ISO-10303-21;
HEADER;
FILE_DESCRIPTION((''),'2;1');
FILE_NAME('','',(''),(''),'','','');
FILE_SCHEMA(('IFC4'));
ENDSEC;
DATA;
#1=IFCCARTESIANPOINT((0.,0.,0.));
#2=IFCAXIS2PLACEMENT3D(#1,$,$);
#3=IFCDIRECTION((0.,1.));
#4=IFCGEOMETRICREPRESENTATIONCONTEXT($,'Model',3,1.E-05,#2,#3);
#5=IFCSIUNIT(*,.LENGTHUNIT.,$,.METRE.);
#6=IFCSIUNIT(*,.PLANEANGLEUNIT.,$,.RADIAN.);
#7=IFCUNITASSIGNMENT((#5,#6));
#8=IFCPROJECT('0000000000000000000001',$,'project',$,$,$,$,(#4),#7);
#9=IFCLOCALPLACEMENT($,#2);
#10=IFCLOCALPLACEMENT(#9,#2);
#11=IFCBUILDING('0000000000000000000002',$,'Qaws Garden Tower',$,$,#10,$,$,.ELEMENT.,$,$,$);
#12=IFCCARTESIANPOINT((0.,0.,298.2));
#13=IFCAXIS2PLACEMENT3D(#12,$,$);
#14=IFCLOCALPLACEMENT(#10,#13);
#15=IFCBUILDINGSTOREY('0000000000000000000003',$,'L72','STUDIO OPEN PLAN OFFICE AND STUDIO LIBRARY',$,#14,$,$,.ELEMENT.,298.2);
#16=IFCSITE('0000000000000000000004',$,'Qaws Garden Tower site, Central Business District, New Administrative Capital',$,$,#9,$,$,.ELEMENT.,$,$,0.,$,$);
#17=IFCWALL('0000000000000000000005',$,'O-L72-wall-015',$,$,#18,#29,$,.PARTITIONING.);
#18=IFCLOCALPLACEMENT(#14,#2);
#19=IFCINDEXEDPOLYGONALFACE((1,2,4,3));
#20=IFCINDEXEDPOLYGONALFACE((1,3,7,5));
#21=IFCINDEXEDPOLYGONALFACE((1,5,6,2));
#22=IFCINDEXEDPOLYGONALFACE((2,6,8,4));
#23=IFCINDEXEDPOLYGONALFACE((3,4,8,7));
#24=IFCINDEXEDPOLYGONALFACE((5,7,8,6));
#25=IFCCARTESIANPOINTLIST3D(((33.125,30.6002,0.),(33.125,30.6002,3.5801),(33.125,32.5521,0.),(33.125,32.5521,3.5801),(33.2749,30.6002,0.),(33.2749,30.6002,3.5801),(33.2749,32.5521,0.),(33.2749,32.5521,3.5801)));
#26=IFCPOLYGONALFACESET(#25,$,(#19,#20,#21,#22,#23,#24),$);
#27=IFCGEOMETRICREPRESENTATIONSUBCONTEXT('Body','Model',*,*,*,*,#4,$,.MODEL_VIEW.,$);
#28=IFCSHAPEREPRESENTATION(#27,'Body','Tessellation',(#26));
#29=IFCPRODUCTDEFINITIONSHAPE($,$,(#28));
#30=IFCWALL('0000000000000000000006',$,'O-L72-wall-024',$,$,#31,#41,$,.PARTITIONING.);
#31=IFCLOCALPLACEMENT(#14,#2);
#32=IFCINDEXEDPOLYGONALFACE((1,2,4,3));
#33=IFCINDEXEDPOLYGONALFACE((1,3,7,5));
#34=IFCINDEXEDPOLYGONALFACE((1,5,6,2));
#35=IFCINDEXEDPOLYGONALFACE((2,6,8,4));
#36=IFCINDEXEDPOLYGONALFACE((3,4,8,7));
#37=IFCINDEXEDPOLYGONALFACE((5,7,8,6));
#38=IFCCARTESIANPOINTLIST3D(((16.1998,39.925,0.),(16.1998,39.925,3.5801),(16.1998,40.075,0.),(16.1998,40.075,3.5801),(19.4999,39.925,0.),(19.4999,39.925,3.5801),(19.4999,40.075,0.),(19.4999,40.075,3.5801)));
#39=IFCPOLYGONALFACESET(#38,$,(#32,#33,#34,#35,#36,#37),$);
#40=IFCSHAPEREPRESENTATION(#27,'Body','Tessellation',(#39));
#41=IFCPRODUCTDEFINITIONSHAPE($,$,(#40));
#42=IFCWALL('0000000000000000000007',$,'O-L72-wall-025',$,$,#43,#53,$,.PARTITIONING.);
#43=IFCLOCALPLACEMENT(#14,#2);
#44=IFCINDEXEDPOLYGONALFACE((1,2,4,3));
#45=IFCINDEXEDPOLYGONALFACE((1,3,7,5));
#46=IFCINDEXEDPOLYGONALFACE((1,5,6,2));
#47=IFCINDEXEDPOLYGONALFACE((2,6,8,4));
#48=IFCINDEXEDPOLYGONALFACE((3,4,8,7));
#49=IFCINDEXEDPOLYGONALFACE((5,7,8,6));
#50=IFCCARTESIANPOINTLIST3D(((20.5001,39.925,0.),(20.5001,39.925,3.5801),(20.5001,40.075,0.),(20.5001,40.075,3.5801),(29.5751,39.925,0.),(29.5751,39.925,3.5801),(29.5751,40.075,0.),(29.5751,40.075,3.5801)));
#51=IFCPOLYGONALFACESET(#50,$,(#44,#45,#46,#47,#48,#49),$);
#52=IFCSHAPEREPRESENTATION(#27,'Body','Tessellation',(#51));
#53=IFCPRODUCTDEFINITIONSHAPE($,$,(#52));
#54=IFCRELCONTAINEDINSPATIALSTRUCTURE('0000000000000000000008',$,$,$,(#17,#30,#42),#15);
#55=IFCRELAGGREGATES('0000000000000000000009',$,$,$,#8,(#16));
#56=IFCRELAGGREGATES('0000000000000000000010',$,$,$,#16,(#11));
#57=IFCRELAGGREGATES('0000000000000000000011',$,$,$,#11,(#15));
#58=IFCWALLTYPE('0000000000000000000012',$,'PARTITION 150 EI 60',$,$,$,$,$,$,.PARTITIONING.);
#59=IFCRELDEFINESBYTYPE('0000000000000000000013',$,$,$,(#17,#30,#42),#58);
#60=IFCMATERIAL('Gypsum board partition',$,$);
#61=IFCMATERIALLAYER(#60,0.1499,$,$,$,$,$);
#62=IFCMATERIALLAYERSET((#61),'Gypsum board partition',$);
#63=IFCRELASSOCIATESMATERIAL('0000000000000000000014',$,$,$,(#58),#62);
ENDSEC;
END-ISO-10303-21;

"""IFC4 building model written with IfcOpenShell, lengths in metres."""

from ifc_helpers import new_model, si_unit, direction, frame, frame_2d, origin, place, context, subcontext, project, spatial, rectangle, extrude, material, layer, layer_set, type_object, element, save


model = new_model("IFC4")

# Units and contexts
model_context = context("Model", 3, precision=1e-05, world=origin(), true_north=direction((0.0, 1.0)))
body_context = subcontext(model_context, "Body", "Model", "MODEL_VIEW")
ifc_project = project(units=[si_unit("LENGTHUNIT", "METRE"), si_unit("PLANEANGLEUNIT", "RADIAN")], contexts=[model_context])

# Site, building, storey
site_placement = place(None, origin())
site = spatial("IfcSite", under=ifc_project, at=site_placement, Name="Qaws Garden Tower site, Central Business District, New Administrative Capital", CompositionType="ELEMENT", RefElevation=0.0)
building_placement = place(site_placement, origin())
building = spatial("IfcBuilding", under=site, at=building_placement, Name="Qaws Garden Tower", CompositionType="ELEMENT")
storey_placement = place(building_placement, frame((0.0, 0.0, 298.2)))
storey = spatial("IfcBuildingStorey", under=building, at=storey_placement, Name="L72", Description="STUDIO OPEN PLAN OFFICE AND STUDIO LIBRARY", CompositionType="ELEMENT", Elevation=298.2)

# Walls
ifc_material_1 = material(Name="Gypsum board partition")
ifc_layer_1 = layer(ifc_material_1, 0.1499)
ifc_layer_set_1 = layer_set([ifc_layer_1], Name="Gypsum board partition")
wall_type_1 = type_object("IfcWallType", Name="PARTITION 150 EI 60", PredefinedType="PARTITIONING", material=ifc_layer_set_1)
wall_1_placement = place(storey_placement, frame((33.2, 30.6001, 0.0), z_axis=(0.0, 0.0, 1.0), x_axis=(0.0, 1.0, 0.0)))
element("IfcWall", 1, at=wall_1_placement, inside=storey, type_object=wall_type_1, Name="O-L72-wall-015", PredefinedType="PARTITIONING", context=body_context, shape_type="SweptSolid", body=[
    extrude(rectangle(XDim=1.9519, YDim=0.1499, at=frame_2d((0.9761, 0.0))), origin(), (0.0, 0.0, 1.0), 3.5801),
])
wall_2_placement = place(storey_placement, frame((16.2, 40.0, 0.0), z_axis=(0.0, 0.0, 1.0), x_axis=(1.0, 0.0, 0.0)))
element("IfcWall", 2, at=wall_2_placement, inside=storey, type_object=wall_type_1, Name="O-L72-wall-024", PredefinedType="PARTITIONING", context=body_context, shape_type="SweptSolid", body=[
    extrude(rectangle(XDim=3.3, YDim=0.1499, at=frame_2d((1.6499, 0.0))), origin(), (0.0, 0.0, 1.0), 3.5801),
])
wall_3_placement = place(storey_placement, frame((20.5, 40.0, 0.0), z_axis=(0.0, 0.0, 1.0), x_axis=(1.0, 0.0, 0.0)))
element("IfcWall", 3, at=wall_3_placement, inside=storey, type_object=wall_type_1, Name="O-L72-wall-025", PredefinedType="PARTITIONING", context=body_context, shape_type="SweptSolid", body=[
    extrude(rectangle(XDim=9.075, YDim=0.1499, at=frame_2d((4.5376, 0.0))), origin(), (0.0, 0.0, 1.0), 3.5801),
])

save(model, "model.ifc")
